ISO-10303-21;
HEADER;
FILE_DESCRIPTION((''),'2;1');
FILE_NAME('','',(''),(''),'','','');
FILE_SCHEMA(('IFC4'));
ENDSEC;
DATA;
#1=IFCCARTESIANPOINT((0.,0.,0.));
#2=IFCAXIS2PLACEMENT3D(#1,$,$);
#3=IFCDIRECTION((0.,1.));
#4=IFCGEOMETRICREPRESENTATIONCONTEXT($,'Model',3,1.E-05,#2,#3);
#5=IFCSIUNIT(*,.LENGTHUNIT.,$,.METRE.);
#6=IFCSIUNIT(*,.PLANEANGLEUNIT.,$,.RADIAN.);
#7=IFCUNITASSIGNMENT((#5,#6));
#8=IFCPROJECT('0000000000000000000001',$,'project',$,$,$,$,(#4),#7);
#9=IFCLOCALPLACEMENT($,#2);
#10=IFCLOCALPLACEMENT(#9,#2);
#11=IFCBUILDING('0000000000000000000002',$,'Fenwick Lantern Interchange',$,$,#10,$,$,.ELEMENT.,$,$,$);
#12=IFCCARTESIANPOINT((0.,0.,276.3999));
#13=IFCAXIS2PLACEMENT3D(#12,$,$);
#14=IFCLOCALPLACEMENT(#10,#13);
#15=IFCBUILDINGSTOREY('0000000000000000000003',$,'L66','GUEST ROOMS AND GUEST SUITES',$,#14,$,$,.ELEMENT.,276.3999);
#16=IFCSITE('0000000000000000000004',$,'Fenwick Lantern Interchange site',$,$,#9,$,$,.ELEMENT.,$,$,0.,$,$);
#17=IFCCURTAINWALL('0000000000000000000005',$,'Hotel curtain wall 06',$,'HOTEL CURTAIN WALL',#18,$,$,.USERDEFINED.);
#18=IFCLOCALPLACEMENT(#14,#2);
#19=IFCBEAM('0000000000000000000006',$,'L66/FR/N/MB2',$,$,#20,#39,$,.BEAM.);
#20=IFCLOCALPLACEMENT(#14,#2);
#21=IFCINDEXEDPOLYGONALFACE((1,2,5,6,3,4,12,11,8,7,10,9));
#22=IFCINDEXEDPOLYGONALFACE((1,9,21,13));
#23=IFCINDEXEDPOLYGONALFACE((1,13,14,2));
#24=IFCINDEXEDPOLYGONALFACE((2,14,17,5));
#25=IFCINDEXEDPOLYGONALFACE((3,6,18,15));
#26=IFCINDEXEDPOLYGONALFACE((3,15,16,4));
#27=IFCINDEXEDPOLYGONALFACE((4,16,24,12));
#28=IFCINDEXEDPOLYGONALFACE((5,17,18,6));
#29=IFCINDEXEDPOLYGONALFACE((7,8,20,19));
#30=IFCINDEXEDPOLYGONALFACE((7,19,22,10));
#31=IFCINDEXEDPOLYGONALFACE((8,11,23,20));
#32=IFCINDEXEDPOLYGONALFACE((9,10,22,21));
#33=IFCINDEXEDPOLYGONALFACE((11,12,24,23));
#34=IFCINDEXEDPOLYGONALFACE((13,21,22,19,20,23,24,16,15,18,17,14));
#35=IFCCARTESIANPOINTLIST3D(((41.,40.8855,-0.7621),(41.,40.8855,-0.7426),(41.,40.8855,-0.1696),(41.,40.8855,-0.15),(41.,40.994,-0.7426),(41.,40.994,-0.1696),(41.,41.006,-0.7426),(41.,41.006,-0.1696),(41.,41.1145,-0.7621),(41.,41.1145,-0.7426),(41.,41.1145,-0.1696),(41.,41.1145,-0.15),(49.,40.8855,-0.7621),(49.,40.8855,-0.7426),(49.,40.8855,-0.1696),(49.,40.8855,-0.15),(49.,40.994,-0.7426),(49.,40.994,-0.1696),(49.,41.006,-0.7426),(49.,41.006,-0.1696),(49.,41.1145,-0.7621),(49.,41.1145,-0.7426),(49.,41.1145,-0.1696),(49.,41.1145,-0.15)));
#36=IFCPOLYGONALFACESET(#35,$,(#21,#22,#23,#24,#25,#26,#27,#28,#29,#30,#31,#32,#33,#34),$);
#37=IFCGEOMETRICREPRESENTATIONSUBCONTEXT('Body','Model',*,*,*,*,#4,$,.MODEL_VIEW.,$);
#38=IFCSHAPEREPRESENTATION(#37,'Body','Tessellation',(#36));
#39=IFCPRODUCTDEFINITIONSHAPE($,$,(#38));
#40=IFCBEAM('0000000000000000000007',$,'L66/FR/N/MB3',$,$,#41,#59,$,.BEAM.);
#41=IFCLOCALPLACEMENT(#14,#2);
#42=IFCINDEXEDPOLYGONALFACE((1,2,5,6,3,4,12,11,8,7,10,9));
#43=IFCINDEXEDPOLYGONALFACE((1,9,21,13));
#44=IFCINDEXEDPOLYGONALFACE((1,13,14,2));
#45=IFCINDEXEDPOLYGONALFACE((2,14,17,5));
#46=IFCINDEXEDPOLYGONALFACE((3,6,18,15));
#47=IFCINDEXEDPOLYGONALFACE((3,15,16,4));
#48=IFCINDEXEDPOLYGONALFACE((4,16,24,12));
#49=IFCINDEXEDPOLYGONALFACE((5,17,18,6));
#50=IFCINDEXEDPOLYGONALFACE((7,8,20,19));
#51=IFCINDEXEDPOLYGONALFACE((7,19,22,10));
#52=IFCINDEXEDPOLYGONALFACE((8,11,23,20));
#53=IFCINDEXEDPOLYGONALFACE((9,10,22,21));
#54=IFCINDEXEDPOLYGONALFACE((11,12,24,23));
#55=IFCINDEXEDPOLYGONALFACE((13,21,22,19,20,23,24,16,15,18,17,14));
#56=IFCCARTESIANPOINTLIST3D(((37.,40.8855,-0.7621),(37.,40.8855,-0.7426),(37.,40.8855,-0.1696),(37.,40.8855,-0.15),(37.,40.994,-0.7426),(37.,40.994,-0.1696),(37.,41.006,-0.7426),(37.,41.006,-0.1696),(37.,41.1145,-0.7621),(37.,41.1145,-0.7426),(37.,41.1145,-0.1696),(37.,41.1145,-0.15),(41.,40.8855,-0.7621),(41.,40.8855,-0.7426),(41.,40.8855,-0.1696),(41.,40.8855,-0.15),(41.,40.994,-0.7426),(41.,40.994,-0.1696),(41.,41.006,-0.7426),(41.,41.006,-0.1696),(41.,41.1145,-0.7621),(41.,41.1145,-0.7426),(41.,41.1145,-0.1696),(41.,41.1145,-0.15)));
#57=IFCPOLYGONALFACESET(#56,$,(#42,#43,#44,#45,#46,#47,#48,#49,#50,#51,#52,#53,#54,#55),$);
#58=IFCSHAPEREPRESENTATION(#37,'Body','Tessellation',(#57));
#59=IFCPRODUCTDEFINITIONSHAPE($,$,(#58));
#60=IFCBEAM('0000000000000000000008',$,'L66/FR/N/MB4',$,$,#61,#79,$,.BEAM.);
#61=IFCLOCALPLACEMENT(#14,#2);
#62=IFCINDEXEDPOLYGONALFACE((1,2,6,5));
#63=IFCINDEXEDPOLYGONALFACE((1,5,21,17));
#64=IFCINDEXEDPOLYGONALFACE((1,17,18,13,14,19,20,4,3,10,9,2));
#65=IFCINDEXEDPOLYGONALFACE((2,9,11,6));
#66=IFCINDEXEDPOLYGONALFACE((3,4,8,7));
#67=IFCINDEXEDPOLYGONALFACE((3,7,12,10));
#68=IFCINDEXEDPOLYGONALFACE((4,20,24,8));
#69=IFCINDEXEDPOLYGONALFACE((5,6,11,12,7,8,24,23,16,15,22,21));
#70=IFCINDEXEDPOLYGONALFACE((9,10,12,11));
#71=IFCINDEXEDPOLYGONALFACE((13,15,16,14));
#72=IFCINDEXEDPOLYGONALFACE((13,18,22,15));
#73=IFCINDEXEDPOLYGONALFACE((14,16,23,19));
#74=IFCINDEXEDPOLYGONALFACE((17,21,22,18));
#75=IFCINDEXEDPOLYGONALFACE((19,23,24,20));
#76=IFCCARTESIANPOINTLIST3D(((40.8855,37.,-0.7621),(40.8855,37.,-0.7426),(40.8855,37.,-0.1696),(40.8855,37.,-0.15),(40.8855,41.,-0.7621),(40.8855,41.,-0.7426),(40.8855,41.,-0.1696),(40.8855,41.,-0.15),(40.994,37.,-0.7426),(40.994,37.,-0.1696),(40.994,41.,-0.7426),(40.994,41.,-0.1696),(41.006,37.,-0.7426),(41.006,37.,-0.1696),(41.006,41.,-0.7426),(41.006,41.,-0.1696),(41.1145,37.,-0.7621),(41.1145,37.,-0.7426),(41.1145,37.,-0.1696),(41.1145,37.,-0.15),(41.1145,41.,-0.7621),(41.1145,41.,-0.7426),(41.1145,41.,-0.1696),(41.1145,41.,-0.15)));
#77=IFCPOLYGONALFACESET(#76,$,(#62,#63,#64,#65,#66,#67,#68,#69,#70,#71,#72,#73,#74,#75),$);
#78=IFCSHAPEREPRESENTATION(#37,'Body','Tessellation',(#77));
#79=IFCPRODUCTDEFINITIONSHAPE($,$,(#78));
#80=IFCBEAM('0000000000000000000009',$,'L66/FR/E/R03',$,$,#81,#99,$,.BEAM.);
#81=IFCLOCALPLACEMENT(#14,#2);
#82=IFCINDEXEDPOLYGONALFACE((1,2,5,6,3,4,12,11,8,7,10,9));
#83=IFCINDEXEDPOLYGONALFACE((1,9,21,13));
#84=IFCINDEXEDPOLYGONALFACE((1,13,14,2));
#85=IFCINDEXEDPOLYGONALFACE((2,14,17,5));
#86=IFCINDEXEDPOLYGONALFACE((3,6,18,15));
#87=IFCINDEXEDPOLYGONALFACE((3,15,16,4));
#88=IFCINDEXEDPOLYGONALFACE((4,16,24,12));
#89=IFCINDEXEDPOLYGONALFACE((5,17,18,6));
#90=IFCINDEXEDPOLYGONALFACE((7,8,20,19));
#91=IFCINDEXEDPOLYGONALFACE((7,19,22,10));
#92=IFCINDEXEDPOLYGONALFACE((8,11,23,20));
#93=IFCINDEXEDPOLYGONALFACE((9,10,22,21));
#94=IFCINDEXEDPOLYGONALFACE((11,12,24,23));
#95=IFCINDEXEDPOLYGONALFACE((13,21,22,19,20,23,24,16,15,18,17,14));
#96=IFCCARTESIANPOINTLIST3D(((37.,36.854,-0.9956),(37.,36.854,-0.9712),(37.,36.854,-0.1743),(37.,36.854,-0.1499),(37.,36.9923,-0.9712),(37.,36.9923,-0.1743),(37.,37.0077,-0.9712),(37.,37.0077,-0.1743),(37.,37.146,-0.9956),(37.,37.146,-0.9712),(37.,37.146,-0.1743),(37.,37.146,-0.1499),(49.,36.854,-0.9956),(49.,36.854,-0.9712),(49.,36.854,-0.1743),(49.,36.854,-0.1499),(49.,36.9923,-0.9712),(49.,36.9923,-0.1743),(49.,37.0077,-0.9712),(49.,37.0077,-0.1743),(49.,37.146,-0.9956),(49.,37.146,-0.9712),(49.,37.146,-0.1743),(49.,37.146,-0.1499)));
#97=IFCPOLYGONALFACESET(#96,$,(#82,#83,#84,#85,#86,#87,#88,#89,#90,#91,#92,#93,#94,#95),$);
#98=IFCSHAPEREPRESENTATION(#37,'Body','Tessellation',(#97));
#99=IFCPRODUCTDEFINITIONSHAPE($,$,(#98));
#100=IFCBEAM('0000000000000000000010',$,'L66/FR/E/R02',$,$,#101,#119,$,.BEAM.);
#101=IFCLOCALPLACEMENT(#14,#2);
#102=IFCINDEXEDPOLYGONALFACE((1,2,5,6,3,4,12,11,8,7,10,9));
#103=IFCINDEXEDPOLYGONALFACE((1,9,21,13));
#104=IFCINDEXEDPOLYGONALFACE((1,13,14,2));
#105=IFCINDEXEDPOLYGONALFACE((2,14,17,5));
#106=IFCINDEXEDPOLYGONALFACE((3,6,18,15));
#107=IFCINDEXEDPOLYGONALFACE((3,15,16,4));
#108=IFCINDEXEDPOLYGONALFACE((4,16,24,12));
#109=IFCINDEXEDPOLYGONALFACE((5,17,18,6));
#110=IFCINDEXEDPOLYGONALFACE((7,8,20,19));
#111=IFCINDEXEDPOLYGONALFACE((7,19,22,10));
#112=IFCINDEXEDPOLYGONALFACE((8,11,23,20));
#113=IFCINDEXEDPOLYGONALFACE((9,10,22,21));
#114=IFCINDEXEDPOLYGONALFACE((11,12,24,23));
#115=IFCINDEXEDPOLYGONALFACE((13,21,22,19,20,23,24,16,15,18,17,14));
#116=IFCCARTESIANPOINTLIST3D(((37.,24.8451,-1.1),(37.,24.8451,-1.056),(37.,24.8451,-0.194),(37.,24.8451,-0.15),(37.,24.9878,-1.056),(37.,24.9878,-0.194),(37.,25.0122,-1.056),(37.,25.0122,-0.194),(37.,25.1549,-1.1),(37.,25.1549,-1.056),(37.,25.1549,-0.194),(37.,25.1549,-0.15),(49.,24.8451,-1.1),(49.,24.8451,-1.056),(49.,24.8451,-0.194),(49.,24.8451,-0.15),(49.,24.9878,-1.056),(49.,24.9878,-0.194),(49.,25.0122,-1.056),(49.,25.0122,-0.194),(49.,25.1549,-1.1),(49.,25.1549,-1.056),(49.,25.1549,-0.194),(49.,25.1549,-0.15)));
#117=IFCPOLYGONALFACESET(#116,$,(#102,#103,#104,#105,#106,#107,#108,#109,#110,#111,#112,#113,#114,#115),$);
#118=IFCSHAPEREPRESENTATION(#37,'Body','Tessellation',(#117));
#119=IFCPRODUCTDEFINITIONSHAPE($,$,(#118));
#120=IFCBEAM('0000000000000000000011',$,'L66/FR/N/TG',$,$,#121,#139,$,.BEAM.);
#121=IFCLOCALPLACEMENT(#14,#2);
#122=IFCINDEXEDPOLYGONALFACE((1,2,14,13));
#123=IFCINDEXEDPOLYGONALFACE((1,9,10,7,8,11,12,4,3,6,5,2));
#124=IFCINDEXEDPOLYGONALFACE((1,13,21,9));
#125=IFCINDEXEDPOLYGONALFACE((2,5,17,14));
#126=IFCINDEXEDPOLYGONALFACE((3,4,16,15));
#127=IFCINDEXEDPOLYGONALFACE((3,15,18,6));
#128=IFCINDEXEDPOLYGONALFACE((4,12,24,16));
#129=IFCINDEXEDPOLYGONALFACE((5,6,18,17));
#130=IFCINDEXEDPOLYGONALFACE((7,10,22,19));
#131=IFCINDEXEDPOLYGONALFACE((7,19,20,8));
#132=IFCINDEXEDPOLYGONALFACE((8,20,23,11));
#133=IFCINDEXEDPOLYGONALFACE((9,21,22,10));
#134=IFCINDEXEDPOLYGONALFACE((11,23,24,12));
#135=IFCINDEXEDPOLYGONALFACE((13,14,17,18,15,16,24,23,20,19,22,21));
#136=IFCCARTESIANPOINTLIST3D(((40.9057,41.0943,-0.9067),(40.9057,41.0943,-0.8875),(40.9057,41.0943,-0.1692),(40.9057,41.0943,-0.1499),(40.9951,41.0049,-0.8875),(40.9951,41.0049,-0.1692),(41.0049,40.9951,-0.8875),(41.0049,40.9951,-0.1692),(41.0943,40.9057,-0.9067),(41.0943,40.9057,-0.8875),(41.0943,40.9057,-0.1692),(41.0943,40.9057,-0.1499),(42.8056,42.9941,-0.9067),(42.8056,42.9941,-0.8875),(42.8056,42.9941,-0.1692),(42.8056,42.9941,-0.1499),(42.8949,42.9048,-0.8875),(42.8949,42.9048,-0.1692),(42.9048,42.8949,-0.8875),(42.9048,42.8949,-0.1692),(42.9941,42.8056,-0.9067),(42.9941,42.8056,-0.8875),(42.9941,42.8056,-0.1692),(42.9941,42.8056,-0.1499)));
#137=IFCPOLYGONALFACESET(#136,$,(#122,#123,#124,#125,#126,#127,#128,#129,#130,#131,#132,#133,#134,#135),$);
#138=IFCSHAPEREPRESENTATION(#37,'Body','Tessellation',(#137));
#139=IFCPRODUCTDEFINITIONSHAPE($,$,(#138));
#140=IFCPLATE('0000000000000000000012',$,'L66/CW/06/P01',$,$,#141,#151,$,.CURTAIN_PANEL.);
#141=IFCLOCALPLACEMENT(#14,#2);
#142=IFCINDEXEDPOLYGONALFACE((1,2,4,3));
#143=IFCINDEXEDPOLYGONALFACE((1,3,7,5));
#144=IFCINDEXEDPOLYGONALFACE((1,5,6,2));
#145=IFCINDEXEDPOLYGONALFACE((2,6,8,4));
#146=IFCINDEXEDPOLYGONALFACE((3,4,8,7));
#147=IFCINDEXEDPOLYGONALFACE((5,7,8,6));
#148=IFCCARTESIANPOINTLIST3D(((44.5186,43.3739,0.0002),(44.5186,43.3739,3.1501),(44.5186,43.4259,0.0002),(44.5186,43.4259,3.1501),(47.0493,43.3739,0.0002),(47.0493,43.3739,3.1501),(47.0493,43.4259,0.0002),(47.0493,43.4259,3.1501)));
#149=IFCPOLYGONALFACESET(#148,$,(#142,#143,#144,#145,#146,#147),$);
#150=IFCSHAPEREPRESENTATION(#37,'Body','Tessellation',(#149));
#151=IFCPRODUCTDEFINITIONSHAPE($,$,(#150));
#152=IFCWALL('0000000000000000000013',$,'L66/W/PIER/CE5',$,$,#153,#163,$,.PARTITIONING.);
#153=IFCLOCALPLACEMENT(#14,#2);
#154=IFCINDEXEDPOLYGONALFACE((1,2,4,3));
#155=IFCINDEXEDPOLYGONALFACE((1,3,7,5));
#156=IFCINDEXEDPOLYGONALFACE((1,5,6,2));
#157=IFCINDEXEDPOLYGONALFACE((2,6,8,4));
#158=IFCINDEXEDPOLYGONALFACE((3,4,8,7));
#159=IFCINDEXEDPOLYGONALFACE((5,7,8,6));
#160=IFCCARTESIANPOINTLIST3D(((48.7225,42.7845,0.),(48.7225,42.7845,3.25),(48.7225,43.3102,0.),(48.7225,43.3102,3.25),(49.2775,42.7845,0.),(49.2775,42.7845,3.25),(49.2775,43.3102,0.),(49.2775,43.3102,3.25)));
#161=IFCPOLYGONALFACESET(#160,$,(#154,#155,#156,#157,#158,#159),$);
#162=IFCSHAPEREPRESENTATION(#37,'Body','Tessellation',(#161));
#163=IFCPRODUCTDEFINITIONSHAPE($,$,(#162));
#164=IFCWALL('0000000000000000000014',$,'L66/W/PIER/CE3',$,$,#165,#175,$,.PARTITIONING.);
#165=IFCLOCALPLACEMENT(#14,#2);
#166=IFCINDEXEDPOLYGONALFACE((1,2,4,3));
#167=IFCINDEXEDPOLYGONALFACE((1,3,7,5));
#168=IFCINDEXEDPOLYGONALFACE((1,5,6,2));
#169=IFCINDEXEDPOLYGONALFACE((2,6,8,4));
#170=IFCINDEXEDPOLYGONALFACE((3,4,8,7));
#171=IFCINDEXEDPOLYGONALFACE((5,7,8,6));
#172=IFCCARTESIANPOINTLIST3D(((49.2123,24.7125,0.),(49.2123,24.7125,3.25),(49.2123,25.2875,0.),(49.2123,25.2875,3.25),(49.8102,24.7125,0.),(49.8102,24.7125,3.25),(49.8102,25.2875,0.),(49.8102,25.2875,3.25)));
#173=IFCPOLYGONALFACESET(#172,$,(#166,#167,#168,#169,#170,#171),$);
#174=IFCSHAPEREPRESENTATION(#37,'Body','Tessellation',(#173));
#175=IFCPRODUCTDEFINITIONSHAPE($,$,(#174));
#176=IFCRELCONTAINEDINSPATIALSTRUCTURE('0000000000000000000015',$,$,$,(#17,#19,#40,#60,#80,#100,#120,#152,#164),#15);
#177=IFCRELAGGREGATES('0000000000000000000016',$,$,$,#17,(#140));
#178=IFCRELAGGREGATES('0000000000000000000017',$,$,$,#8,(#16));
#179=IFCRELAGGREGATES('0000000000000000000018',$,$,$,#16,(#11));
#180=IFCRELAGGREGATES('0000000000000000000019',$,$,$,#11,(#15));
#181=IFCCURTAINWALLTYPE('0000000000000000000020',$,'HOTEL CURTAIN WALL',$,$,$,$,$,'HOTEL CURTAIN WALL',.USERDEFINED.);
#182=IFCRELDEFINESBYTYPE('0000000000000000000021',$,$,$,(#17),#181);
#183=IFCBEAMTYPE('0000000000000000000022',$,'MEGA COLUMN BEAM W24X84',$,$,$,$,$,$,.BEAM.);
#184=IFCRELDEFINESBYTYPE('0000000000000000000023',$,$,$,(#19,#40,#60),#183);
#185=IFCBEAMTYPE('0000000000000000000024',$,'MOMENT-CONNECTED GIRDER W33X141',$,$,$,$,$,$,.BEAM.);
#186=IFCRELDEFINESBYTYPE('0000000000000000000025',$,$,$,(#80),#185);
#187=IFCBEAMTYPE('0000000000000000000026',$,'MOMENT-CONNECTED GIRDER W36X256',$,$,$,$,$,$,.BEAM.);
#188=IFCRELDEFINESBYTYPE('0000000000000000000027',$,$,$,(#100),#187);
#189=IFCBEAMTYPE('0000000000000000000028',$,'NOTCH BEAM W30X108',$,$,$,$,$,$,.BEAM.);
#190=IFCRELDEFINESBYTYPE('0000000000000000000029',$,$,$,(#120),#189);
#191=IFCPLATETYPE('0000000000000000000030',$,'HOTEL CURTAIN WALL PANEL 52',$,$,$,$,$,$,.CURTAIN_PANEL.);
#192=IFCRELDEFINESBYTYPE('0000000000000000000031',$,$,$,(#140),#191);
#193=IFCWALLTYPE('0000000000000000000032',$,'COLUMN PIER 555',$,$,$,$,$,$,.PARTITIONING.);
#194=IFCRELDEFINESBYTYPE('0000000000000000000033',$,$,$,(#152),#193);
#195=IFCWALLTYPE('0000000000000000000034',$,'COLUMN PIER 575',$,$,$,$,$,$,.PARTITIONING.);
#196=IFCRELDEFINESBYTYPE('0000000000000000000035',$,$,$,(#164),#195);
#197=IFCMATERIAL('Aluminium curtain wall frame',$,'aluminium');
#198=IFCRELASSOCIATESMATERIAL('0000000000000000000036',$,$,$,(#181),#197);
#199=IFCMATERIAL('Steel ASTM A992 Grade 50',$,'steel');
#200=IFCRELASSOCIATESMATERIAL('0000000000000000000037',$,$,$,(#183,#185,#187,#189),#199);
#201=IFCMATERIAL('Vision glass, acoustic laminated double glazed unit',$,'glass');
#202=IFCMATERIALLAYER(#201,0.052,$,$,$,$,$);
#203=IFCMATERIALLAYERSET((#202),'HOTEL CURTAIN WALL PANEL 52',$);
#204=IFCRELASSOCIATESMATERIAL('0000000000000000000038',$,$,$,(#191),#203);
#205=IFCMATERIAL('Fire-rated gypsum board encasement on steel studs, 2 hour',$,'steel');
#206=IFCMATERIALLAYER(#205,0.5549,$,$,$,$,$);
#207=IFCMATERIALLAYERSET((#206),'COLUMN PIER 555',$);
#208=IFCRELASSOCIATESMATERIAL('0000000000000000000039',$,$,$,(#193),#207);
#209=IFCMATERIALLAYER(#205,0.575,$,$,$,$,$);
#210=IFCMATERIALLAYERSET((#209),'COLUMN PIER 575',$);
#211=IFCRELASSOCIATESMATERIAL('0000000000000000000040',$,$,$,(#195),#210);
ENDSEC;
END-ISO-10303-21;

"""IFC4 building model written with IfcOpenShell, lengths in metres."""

from ifc_helpers import new_model, si_unit, direction, frame, frame_2d, origin, origin_2d, place, context, subcontext, project, spatial, rectangle, i_section, extrude, material, layer, layer_set, material_profile, profile_set, type_object, element, aggregate, save


model = new_model("IFC4")

# Units and contexts
model_context = context("Model", 3, precision=1e-05, world=origin(), true_north=direction((0.0, 1.0)))
body_context = subcontext(model_context, "Body", "Model", "MODEL_VIEW")
ifc_project = project(units=[si_unit("LENGTHUNIT", "METRE"), si_unit("PLANEANGLEUNIT", "RADIAN")], contexts=[model_context])

# Site, building, storey
site_placement = place(None, origin())
site = spatial("IfcSite", under=ifc_project, at=site_placement, Name="Fenwick Lantern Interchange site", CompositionType="ELEMENT", RefElevation=0.0)
building_placement = place(site_placement, origin())
building = spatial("IfcBuilding", under=site, at=building_placement, Name="Fenwick Lantern Interchange", CompositionType="ELEMENT")
storey_placement = place(building_placement, frame((0.0, 0.0, 276.3999)))
storey = spatial("IfcBuildingStorey", under=building, at=storey_placement, Name="L66", Description="GUEST ROOMS AND GUEST SUITES", CompositionType="ELEMENT", Elevation=276.3999)

# Shared definitions
ifc_material_1 = material(Name="Steel ASTM A992 Grade 50", Category="steel")

# Curtain wall
ifc_material_2 = material(Name="Aluminium curtain wall frame", Category="aluminium")
curtain_wall_type = type_object("IfcCurtainWallType", Name="HOTEL CURTAIN WALL", ElementType="HOTEL CURTAIN WALL", PredefinedType="USERDEFINED", material=ifc_material_2)
curtain_wall_1_placement = place(storey_placement, origin())
curtain_wall_1 = element("IfcCurtainWall", 1, at=curtain_wall_1_placement, inside=storey, type_object=curtain_wall_type, Name="Hotel curtain wall 06", ObjectType="HOTEL CURTAIN WALL", PredefinedType="USERDEFINED")

# Beams
ifc_material_profile_1 = material_profile(ifc_material_1, i_section(OverallWidth=0.229, OverallDepth=0.6121, WebThickness=0.012, FlangeThickness=0.0195, at=origin_2d()), Name="W24X84")
ifc_profile_set_1 = profile_set([ifc_material_profile_1], Name="Steel ASTM A992 Grade 50")
beam_type_1 = type_object("IfcBeamType", Name="MEGA COLUMN BEAM W24X84", PredefinedType="BEAM", material=ifc_profile_set_1)
for number, where, z_axis, x_axis, name in (
    (2, (41.0, 41.0, -0.4561), (1.0, 0.0, 0.0), (0.0, 1.0, 0.0), "L66/FR/N/MB2"),
):
    element("IfcBeam", number, at=place(storey_placement, frame(where, z_axis=z_axis, x_axis=x_axis)), inside=storey, type_object=beam_type_1, Name=name, PredefinedType="BEAM", context=body_context, shape_type="SweptSolid", body=[
        extrude(i_section(OverallWidth=0.229, OverallDepth=0.6121, WebThickness=0.012, FlangeThickness=0.0195, at=origin_2d()), origin(), (0.0, 0.0, 1.0), 8.0),
    ])
for number, where, z_axis, x_axis, name in (
    (3, (41.0, 41.0, -0.4561), (-1.0, 0.0, 0.0), (0.0, -1.0, 0.0), "L66/FR/N/MB3"),
    (4, (41.0, 41.0, -0.4561), (0.0, -1.0, 0.0), (1.0, 0.0, 0.0), "L66/FR/N/MB4"),
):
    element("IfcBeam", number, at=place(storey_placement, frame(where, z_axis=z_axis, x_axis=x_axis)), inside=storey, type_object=beam_type_1, Name=name, PredefinedType="BEAM", context=body_context, shape_type="SweptSolid", body=[
        extrude(i_section(OverallWidth=0.229, OverallDepth=0.6121, WebThickness=0.012, FlangeThickness=0.0195, at=origin_2d()), origin(), (0.0, 0.0, 1.0), 4.0),
    ])
ifc_material_profile_2 = material_profile(ifc_material_1, i_section(OverallWidth=0.292, OverallDepth=0.8457, WebThickness=0.0154, FlangeThickness=0.0244, at=origin_2d()), Name="W33X141")
ifc_profile_set_2 = profile_set([ifc_material_profile_2], Name="Steel ASTM A992 Grade 50")
beam_type_2 = type_object("IfcBeamType", Name="MOMENT-CONNECTED GIRDER W33X141", PredefinedType="BEAM", material=ifc_profile_set_2)
beam_1_placement = place(storey_placement, frame((49.0, 37.0, -0.5728), z_axis=(-1.0, 0.0, 0.0), x_axis=(0.0, -1.0, 0.0)))
element("IfcBeam", 5, at=beam_1_placement, inside=storey, type_object=beam_type_2, Name="L66/FR/E/R03", PredefinedType="BEAM", context=body_context, shape_type="SweptSolid", body=[
    extrude(i_section(OverallWidth=0.292, OverallDepth=0.8457, WebThickness=0.0154, FlangeThickness=0.0244, at=origin_2d()), origin(), (0.0, 0.0, 1.0), 12.0),
])
ifc_material_profile_3 = material_profile(ifc_material_1, i_section(OverallWidth=0.3098, OverallDepth=0.95, WebThickness=0.0244, FlangeThickness=0.0439, at=origin_2d()), Name="W36X256")
ifc_profile_set_3 = profile_set([ifc_material_profile_3], Name="Steel ASTM A992 Grade 50")
beam_type_3 = type_object("IfcBeamType", Name="MOMENT-CONNECTED GIRDER W36X256", PredefinedType="BEAM", material=ifc_profile_set_3)
beam_2_placement = place(storey_placement, frame((49.0, 25.0, -0.625), z_axis=(-1.0, 0.0, 0.0), x_axis=(0.0, -1.0, 0.0)))
element("IfcBeam", 6, at=beam_2_placement, inside=storey, type_object=beam_type_3, Name="L66/FR/E/R02", PredefinedType="BEAM", context=body_context, shape_type="SweptSolid", body=[
    extrude(i_section(OverallWidth=0.3098, OverallDepth=0.95, WebThickness=0.0244, FlangeThickness=0.0439, at=origin_2d()), origin(), (0.0, 0.0, 1.0), 12.0),
])
ifc_material_profile_4 = material_profile(ifc_material_1, i_section(OverallWidth=0.2666, OverallDepth=0.7568, WebThickness=0.0139, FlangeThickness=0.0193, at=origin_2d()), Name="W30X108")
ifc_profile_set_4 = profile_set([ifc_material_profile_4], Name="Steel ASTM A992 Grade 50")
beam_type_4 = type_object("IfcBeamType", Name="NOTCH BEAM W30X108", PredefinedType="BEAM", material=ifc_profile_set_4)
beam_3_placement = place(storey_placement, frame((41.0, 41.0, -0.5283), z_axis=(0.707107, 0.707107, 0.0), x_axis=(-0.707107, 0.707107, 0.0)))
element("IfcBeam", 7, at=beam_3_placement, inside=storey, type_object=beam_type_4, Name="L66/FR/N/TG", PredefinedType="BEAM", context=body_context, shape_type="SweptSolid", body=[
    extrude(i_section(OverallWidth=0.2666, OverallDepth=0.7568, WebThickness=0.0139, FlangeThickness=0.0193, at=origin_2d()), origin(), (0.0, 0.0, 1.0), 2.6868),
])

# Plate
ifc_material_3 = material(Name="Vision glass, acoustic laminated double glazed unit", Category="glass")
ifc_layer_1 = layer(ifc_material_3, 0.052)
ifc_layer_set_1 = layer_set([ifc_layer_1], Name="HOTEL CURTAIN WALL PANEL 52")
plate_type = type_object("IfcPlateType", Name="HOTEL CURTAIN WALL PANEL 52", PredefinedType="CURTAIN_PANEL", material=ifc_layer_set_1)
plate_placement = place(storey_placement, frame((45.7839, 43.3999, 0.0002), z_axis=(0.0, 0.0, 1.0), x_axis=(-1.0, 0.0, 0.0)))
plate = element("IfcPlate", 8, at=plate_placement, type_object=plate_type, Name="L66/CW/06/P01", PredefinedType="CURTAIN_PANEL", context=body_context, shape_type="SweptSolid", body=[
    extrude(rectangle(XDim=2.5308, YDim=0.052, at=origin_2d()), origin(), (0.0, 0.0, 1.0), 3.1499),
])
aggregate(curtain_wall_1, [plate])

# Walls
ifc_material_4 = material(Name="Fire-rated gypsum board encasement on steel studs, 2 hour", Category="steel")
ifc_layer_2 = layer(ifc_material_4, 0.5549)
ifc_layer_set_2 = layer_set([ifc_layer_2], Name="COLUMN PIER 555")
wall_type_1 = type_object("IfcWallType", Name="COLUMN PIER 555", PredefinedType="PARTITIONING", material=ifc_layer_set_2)
wall_1_placement = place(storey_placement, frame((49.0, 43.3101, 0.0), z_axis=(0.0, 0.0, 1.0), x_axis=(0.0, -1.0, 0.0)))
element("IfcWall", 9, at=wall_1_placement, inside=storey, type_object=wall_type_1, Name="L66/W/PIER/CE5", PredefinedType="PARTITIONING", context=body_context, shape_type="SweptSolid", body=[
    extrude(rectangle(XDim=0.5256, YDim=0.5549, at=frame_2d((0.2627, 0.0))), origin(), (0.0, 0.0, 1.0), 3.25),
])
ifc_layer_3 = layer(ifc_material_4, 0.575)
ifc_layer_set_3 = layer_set([ifc_layer_3], Name="COLUMN PIER 575")
wall_type_2 = type_object("IfcWallType", Name="COLUMN PIER 575", PredefinedType="PARTITIONING", material=ifc_layer_set_3)
wall_2_placement = place(storey_placement, frame((49.8101, 25.0, 0.0), z_axis=(0.0, 0.0, 1.0), x_axis=(-1.0, 0.0, 0.0)))
element("IfcWall", 10, at=wall_2_placement, inside=storey, type_object=wall_type_2, Name="L66/W/PIER/CE3", PredefinedType="PARTITIONING", context=body_context, shape_type="SweptSolid", body=[
    extrude(rectangle(XDim=0.5979, YDim=0.575, at=frame_2d((0.2988, 0.0))), origin(), (0.0, 0.0, 1.0), 3.25),
])

save(model, "model.ifc")
